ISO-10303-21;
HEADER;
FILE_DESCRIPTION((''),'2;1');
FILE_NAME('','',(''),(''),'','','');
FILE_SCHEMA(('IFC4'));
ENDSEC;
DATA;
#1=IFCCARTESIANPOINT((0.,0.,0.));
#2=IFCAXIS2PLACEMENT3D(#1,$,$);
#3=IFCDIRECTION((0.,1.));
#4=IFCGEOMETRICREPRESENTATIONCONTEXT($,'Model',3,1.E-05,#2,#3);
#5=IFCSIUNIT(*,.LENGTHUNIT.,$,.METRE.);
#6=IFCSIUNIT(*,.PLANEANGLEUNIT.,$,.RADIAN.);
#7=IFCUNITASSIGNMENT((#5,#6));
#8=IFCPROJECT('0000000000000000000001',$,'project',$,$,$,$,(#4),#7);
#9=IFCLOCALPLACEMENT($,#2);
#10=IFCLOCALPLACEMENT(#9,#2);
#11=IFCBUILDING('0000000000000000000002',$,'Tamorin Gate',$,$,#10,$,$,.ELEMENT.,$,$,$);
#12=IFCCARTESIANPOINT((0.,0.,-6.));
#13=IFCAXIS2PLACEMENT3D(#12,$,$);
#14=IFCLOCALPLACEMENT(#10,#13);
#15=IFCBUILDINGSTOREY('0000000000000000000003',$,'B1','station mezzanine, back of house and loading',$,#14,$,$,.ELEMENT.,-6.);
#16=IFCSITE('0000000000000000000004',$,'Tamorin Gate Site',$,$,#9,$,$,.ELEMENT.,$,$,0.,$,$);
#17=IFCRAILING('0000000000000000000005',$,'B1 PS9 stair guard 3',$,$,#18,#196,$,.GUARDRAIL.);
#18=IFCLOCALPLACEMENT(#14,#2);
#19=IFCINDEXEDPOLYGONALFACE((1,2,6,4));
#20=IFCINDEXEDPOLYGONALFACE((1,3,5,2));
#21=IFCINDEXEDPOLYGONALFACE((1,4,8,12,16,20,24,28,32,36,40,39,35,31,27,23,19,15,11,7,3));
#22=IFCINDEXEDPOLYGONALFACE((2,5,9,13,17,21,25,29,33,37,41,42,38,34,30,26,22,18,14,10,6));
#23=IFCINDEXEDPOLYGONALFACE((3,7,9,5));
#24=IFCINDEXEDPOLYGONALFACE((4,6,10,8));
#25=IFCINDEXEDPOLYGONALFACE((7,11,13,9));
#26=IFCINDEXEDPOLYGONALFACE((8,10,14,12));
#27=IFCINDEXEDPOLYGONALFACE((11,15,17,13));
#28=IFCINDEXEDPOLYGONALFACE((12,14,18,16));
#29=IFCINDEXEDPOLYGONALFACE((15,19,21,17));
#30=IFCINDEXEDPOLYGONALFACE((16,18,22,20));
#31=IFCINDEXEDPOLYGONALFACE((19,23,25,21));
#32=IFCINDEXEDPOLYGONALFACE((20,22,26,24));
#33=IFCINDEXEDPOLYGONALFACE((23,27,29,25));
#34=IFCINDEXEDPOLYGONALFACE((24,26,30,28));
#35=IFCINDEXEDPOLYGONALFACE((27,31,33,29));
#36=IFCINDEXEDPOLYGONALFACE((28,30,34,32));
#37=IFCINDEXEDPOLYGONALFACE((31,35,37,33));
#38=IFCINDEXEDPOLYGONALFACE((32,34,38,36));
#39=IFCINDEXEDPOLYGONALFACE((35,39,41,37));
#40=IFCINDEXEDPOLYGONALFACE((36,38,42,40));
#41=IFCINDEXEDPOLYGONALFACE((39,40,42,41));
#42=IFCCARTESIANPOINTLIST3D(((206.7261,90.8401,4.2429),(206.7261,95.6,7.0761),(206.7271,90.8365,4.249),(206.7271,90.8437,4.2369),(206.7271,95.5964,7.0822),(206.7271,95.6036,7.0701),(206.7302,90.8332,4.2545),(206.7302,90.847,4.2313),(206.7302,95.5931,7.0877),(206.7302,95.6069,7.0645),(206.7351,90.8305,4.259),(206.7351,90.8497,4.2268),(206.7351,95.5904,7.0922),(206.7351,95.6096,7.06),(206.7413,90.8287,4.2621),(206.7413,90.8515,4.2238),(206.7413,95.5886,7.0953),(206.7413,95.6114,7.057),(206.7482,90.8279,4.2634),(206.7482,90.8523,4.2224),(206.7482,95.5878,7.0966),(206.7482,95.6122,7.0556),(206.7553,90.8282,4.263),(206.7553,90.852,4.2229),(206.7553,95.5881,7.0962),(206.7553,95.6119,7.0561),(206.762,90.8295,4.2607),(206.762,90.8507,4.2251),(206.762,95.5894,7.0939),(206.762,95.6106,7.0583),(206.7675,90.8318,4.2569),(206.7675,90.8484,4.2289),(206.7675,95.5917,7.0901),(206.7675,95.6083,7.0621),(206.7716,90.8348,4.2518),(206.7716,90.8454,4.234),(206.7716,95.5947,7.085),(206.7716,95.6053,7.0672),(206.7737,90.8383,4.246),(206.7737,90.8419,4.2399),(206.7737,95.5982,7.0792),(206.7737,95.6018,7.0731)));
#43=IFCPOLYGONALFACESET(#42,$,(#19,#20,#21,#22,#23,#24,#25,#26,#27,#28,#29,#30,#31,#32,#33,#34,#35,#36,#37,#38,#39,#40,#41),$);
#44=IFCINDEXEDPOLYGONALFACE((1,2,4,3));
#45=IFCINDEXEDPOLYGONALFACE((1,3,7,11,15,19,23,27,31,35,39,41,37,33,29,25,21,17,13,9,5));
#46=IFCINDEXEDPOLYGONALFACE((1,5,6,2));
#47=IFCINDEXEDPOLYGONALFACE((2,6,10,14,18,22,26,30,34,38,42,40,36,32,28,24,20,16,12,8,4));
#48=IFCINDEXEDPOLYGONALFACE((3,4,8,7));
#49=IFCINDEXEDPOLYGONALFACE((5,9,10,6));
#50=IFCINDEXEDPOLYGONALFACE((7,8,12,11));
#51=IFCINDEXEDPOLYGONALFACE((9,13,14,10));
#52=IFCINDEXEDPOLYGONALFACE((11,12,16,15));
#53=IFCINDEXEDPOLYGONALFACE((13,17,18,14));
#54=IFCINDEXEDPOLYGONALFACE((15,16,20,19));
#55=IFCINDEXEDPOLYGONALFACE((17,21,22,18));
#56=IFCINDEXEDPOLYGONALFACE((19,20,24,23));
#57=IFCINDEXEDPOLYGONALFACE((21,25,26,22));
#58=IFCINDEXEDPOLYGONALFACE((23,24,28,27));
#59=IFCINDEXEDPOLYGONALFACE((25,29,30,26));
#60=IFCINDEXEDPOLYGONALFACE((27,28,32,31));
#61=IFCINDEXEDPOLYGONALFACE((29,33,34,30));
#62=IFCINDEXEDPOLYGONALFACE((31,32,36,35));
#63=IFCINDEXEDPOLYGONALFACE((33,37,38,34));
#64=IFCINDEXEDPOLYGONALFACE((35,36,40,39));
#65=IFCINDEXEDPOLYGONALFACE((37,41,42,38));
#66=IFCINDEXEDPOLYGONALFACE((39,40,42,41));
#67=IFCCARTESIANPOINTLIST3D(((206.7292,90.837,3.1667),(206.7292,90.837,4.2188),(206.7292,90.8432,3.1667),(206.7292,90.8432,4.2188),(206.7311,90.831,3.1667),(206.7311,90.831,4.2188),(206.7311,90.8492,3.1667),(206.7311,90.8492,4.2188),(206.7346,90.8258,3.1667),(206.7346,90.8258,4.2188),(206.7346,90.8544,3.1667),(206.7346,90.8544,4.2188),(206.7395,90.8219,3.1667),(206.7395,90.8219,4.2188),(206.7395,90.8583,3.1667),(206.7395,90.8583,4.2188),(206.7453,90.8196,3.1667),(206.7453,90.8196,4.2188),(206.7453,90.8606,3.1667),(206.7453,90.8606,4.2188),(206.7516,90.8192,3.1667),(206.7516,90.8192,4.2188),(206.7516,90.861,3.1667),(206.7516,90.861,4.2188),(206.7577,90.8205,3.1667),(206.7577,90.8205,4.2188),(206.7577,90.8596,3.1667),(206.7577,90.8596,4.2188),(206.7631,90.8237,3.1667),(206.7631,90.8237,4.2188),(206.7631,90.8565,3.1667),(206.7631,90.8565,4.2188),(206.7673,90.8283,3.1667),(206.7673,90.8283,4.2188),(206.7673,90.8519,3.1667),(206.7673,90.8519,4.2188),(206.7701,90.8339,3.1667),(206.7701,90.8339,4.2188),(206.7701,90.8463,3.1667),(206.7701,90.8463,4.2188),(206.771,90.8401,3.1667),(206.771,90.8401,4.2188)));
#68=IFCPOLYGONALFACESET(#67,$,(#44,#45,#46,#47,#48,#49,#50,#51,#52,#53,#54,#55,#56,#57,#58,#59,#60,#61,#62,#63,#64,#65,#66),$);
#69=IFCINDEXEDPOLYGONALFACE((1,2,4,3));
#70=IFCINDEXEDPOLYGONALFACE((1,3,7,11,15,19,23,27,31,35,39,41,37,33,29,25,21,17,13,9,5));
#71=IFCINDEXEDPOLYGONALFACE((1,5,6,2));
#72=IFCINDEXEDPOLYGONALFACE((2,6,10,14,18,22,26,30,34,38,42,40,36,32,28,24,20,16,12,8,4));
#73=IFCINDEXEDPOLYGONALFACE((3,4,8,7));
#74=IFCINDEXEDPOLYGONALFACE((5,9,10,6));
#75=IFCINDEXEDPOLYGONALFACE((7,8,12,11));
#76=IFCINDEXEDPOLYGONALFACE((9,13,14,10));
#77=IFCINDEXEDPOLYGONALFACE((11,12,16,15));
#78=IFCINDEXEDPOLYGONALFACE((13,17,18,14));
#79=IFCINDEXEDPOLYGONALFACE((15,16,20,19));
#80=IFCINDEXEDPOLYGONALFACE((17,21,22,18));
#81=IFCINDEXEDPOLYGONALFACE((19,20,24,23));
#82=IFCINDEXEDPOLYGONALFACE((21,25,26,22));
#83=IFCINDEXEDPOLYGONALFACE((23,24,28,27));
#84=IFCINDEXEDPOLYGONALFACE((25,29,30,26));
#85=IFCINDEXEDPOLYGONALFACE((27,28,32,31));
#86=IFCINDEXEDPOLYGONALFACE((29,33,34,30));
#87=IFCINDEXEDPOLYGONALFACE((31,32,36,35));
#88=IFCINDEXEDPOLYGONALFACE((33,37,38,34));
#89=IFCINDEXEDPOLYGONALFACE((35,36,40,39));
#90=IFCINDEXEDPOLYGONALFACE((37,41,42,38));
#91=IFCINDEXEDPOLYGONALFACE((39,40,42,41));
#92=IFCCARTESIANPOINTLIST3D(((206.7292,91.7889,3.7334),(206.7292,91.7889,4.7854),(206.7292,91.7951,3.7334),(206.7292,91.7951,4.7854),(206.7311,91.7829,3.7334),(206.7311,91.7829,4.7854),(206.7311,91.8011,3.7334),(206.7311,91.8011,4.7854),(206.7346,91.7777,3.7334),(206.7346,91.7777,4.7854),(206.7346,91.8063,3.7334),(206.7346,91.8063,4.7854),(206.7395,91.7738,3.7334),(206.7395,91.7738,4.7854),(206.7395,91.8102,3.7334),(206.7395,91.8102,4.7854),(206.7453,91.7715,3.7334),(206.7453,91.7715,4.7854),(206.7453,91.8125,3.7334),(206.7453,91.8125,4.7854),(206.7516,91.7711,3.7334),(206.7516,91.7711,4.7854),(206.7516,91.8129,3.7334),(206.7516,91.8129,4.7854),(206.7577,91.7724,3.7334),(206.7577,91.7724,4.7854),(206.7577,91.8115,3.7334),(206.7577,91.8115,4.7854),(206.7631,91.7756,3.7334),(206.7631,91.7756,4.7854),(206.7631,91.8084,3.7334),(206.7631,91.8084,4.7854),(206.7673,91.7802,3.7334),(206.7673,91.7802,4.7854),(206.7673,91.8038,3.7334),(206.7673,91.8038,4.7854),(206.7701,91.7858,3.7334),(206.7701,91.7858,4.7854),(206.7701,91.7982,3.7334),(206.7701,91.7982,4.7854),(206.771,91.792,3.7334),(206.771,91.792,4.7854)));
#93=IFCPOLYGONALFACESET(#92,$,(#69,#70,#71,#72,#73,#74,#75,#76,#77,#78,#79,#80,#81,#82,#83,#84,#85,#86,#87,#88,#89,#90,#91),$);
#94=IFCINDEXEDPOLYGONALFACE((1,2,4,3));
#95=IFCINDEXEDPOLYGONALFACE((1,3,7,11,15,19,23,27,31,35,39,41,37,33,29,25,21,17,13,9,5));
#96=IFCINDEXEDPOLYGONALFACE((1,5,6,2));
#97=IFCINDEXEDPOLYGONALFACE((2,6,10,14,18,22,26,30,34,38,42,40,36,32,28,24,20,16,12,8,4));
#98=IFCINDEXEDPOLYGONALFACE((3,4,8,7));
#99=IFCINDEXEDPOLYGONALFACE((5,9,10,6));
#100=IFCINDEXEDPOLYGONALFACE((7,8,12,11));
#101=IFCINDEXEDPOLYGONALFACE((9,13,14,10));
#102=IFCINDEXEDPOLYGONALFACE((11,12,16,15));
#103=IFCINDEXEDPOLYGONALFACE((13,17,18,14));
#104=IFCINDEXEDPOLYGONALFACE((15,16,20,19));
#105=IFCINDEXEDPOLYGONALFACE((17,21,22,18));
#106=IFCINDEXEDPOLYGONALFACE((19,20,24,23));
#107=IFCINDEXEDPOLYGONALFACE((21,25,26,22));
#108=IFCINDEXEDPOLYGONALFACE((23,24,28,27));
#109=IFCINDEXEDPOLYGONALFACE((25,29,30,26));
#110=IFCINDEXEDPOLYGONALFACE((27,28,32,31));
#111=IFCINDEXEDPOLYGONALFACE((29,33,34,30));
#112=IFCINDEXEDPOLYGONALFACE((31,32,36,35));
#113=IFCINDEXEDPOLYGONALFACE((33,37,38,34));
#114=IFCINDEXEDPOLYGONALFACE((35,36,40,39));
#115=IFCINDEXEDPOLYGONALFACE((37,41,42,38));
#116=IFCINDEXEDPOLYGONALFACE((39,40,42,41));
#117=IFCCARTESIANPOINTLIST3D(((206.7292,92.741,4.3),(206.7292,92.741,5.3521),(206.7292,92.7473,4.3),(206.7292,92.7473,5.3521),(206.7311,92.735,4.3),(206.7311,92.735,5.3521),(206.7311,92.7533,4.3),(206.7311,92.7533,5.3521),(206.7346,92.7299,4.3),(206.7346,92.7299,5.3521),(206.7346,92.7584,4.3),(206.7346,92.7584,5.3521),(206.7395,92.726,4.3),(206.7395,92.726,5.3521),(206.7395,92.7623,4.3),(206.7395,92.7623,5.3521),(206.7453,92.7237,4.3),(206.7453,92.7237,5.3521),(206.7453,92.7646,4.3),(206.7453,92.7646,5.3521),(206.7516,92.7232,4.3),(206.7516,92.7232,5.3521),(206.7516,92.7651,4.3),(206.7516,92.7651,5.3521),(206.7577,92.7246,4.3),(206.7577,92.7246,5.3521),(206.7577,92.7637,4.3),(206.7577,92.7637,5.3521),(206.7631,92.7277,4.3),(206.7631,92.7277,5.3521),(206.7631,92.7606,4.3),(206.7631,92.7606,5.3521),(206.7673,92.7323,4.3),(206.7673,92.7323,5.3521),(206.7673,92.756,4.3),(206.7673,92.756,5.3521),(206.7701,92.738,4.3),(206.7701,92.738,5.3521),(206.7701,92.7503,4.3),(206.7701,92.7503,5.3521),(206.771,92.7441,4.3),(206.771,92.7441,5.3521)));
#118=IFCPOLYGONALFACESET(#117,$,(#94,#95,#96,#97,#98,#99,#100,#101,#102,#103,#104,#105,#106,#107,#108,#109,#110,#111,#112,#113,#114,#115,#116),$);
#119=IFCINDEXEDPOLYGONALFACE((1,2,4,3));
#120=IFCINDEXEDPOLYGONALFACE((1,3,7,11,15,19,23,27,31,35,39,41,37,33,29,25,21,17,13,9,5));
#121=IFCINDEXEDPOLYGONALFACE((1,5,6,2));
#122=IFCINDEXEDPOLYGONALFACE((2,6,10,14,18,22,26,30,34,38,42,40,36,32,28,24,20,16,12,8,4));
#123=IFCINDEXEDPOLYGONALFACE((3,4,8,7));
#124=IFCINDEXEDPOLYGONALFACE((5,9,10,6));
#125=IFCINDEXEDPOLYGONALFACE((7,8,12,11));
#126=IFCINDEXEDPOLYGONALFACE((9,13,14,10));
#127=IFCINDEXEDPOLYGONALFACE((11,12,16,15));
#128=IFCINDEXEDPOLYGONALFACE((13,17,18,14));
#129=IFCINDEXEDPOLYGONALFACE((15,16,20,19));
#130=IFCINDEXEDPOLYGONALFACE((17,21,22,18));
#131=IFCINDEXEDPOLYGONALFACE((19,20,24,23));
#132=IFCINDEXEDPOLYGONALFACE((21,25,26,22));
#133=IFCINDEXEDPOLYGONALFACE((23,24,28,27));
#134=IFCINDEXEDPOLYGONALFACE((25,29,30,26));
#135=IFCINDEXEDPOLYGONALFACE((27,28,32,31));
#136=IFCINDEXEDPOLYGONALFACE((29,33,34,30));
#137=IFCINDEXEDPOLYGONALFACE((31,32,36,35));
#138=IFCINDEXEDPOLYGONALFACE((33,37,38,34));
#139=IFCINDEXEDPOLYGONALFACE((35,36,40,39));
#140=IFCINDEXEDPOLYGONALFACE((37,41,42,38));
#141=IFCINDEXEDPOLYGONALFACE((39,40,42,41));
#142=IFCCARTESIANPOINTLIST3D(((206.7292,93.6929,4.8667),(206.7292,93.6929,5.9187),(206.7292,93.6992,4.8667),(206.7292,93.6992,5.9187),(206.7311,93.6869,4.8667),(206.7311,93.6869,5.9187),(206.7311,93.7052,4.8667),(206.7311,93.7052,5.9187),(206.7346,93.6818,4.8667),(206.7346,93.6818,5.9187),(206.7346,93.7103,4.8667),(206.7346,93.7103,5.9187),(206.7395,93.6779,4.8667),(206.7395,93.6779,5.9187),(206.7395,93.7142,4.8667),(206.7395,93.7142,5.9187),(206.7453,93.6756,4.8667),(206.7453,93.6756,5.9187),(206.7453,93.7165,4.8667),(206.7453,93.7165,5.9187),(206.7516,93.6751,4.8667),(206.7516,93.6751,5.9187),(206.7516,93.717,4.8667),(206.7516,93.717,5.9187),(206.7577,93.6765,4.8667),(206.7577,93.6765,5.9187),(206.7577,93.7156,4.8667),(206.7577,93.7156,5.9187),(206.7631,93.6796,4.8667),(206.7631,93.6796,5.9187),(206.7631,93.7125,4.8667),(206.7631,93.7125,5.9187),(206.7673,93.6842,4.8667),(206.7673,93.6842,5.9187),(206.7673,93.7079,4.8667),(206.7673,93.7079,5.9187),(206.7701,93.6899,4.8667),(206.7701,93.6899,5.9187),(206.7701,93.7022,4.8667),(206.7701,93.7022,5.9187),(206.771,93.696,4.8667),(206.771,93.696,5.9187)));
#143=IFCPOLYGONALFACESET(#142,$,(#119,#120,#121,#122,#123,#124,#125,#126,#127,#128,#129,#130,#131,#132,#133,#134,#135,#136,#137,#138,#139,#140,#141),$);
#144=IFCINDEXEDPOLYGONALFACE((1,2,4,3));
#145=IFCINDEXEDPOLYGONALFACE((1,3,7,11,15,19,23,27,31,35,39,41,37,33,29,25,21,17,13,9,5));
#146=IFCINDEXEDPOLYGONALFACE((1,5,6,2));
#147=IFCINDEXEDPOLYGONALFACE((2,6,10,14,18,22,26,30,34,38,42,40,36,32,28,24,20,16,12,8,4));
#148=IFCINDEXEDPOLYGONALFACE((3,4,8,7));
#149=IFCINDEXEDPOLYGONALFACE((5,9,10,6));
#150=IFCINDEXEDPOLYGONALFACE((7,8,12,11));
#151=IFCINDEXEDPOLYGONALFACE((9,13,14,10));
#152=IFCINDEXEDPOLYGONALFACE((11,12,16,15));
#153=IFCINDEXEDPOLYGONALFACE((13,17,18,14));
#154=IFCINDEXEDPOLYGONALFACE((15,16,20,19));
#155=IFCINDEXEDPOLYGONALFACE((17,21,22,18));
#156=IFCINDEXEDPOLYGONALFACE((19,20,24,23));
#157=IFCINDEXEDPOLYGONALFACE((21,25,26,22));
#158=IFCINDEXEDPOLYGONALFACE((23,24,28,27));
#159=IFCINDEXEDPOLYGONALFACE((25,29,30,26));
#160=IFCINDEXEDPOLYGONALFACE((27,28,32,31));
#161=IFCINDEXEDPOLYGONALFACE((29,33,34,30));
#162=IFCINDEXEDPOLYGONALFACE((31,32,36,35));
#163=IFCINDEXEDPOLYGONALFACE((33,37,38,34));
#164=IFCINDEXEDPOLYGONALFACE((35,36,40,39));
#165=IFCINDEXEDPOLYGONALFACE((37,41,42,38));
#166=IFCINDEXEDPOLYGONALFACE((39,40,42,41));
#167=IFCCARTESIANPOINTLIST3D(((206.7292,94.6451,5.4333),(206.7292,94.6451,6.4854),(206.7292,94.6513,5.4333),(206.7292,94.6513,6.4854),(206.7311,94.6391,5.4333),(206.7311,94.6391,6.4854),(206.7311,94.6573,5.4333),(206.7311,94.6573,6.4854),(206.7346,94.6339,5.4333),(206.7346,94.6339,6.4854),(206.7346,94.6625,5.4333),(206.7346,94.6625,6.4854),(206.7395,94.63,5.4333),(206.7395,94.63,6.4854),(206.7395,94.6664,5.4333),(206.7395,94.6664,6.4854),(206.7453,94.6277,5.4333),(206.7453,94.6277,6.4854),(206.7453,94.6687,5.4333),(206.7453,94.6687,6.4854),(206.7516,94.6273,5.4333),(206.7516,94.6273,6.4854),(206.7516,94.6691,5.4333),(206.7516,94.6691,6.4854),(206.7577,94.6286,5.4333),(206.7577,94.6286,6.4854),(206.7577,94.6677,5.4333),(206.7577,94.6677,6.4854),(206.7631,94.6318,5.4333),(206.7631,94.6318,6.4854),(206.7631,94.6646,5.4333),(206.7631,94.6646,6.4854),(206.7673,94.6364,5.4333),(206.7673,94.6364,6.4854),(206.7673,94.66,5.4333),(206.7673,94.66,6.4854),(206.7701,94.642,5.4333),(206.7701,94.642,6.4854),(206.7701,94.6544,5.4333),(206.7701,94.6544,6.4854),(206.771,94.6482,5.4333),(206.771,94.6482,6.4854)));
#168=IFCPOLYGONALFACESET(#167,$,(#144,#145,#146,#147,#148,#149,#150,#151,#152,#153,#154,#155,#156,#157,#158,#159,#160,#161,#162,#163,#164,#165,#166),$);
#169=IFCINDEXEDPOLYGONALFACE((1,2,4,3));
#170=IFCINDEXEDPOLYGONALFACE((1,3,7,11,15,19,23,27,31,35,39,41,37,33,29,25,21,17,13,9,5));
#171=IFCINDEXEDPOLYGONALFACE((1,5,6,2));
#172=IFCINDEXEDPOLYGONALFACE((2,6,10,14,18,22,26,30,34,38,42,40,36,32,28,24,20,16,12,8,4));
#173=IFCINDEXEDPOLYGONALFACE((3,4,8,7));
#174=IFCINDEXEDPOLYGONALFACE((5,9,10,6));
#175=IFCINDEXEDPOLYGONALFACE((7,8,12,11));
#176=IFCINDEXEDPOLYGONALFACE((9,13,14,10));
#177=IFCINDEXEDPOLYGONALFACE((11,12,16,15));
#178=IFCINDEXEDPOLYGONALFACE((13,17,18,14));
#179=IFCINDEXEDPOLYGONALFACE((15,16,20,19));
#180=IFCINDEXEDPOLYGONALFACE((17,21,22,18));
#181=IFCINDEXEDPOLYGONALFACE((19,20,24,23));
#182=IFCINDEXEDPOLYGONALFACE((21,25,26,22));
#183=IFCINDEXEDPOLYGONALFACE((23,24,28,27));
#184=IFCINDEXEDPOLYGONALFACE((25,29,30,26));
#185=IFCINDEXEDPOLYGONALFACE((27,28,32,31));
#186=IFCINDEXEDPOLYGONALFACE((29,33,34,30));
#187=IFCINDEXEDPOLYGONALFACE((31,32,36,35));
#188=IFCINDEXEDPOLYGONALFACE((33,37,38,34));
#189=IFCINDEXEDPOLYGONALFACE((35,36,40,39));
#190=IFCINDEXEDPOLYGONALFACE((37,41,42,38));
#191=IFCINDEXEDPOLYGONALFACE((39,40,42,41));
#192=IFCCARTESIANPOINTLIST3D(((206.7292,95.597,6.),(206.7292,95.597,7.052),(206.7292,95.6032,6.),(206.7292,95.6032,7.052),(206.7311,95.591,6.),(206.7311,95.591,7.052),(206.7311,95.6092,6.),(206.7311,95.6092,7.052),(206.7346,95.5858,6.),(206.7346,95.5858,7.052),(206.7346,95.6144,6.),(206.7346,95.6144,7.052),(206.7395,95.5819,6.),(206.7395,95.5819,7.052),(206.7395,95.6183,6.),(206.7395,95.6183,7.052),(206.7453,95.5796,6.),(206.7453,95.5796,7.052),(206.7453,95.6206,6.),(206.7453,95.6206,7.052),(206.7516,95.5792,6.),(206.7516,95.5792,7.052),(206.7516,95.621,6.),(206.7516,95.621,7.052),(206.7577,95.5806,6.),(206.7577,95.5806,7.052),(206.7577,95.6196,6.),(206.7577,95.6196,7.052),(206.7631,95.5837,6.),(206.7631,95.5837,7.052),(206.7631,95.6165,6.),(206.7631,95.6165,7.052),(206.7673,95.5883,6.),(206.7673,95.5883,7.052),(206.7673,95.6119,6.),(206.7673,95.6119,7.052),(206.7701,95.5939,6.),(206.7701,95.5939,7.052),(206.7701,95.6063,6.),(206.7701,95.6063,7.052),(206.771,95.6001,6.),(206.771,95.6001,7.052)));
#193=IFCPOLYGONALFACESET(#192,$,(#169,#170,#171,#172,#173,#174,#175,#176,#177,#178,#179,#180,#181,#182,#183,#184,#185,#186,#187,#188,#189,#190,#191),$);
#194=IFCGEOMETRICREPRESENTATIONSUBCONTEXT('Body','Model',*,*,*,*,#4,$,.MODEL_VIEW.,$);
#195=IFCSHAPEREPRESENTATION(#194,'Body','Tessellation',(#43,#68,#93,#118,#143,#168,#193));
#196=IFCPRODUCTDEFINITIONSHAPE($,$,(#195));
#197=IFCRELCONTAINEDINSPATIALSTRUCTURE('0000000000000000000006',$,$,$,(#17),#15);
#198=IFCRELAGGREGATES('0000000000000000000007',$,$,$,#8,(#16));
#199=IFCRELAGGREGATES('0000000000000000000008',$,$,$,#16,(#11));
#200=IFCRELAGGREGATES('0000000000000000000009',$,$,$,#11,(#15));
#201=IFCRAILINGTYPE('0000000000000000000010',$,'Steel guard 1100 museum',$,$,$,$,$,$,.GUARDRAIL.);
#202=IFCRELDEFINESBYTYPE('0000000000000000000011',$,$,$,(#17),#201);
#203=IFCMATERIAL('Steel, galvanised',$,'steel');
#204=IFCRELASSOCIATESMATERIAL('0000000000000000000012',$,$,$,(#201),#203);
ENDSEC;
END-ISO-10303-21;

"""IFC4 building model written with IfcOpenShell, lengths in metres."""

from ifc_helpers import new_model, si_unit, direction, frame, origin, origin_2d, place, context, subcontext, project, spatial, circle, extrude, material, type_object, element, save


model = new_model("IFC4")

# Units and contexts
model_context = context("Model", 3, precision=1e-05, world=origin(), true_north=direction((0.0, 1.0)))
body_context = subcontext(model_context, "Body", "Model", "MODEL_VIEW")
ifc_project = project(units=[si_unit("LENGTHUNIT", "METRE"), si_unit("PLANEANGLEUNIT", "RADIAN")], contexts=[model_context])

# Site, building, storey
site_placement = place(None, origin())
site = spatial("IfcSite", under=ifc_project, at=site_placement, Name="Tamorin Gate Site", CompositionType="ELEMENT", RefElevation=0.0)
building_placement = place(site_placement, origin())
building = spatial("IfcBuilding", under=site, at=building_placement, Name="Tamorin Gate", CompositionType="ELEMENT")
storey_placement = place(building_placement, frame((0.0, 0.0, -6.0)))
storey = spatial("IfcBuildingStorey", under=building, at=storey_placement, Name="B1", Description="station mezzanine, back of house and loading", CompositionType="ELEMENT", Elevation=-6.0)

# Railing
ifc_material_1 = material(Name="Steel, galvanised", Category="steel")
railing_type_1 = type_object("IfcRailingType", Name="Steel guard 1100 museum", PredefinedType="GUARDRAIL", material=ifc_material_1)
railing_1_placement = place(storey_placement, frame((206.75, 90.8401, 3.1667)))
element("IfcRailing", 1, at=railing_1_placement, inside=storey, type_object=railing_type_1, Name="B1 PS9 stair guard 3", PredefinedType="GUARDRAIL", context=body_context, shape_type="SweptSolid", body=[
    extrude(circle(Radius=0.0239, at=origin_2d()), frame((0.0, 0.0, 1.0762), z_axis=(0.0, 0.8593, 0.511472), x_axis=(-1.0, 0.0, 0.0)), (0.0, 0.0, 1.0), 5.5393),
    extrude(circle(Radius=0.021, at=origin_2d()), origin(), (0.0, 0.0, 1.0), 1.052),
    extrude(circle(Radius=0.021, at=origin_2d()), frame((0.0, 0.9519, 0.5667)), (0.0, 0.0, 1.0), 1.052),
    extrude(circle(Radius=0.021, at=origin_2d()), frame((0.0, 1.9041, 1.1333)), (0.0, 0.0, 1.0), 1.052),
    extrude(circle(Radius=0.021, at=origin_2d()), frame((0.0, 2.856, 1.7)), (0.0, 0.0, 1.0), 1.052),
    extrude(circle(Radius=0.021, at=origin_2d()), frame((0.0, 3.8081, 2.2666)), (0.0, 0.0, 1.0), 1.052),
    extrude(circle(Radius=0.021, at=origin_2d()), frame((0.0, 4.76, 2.8333)), (0.0, 0.0, 1.0), 1.052),
])

save(model, "model.ifc")
